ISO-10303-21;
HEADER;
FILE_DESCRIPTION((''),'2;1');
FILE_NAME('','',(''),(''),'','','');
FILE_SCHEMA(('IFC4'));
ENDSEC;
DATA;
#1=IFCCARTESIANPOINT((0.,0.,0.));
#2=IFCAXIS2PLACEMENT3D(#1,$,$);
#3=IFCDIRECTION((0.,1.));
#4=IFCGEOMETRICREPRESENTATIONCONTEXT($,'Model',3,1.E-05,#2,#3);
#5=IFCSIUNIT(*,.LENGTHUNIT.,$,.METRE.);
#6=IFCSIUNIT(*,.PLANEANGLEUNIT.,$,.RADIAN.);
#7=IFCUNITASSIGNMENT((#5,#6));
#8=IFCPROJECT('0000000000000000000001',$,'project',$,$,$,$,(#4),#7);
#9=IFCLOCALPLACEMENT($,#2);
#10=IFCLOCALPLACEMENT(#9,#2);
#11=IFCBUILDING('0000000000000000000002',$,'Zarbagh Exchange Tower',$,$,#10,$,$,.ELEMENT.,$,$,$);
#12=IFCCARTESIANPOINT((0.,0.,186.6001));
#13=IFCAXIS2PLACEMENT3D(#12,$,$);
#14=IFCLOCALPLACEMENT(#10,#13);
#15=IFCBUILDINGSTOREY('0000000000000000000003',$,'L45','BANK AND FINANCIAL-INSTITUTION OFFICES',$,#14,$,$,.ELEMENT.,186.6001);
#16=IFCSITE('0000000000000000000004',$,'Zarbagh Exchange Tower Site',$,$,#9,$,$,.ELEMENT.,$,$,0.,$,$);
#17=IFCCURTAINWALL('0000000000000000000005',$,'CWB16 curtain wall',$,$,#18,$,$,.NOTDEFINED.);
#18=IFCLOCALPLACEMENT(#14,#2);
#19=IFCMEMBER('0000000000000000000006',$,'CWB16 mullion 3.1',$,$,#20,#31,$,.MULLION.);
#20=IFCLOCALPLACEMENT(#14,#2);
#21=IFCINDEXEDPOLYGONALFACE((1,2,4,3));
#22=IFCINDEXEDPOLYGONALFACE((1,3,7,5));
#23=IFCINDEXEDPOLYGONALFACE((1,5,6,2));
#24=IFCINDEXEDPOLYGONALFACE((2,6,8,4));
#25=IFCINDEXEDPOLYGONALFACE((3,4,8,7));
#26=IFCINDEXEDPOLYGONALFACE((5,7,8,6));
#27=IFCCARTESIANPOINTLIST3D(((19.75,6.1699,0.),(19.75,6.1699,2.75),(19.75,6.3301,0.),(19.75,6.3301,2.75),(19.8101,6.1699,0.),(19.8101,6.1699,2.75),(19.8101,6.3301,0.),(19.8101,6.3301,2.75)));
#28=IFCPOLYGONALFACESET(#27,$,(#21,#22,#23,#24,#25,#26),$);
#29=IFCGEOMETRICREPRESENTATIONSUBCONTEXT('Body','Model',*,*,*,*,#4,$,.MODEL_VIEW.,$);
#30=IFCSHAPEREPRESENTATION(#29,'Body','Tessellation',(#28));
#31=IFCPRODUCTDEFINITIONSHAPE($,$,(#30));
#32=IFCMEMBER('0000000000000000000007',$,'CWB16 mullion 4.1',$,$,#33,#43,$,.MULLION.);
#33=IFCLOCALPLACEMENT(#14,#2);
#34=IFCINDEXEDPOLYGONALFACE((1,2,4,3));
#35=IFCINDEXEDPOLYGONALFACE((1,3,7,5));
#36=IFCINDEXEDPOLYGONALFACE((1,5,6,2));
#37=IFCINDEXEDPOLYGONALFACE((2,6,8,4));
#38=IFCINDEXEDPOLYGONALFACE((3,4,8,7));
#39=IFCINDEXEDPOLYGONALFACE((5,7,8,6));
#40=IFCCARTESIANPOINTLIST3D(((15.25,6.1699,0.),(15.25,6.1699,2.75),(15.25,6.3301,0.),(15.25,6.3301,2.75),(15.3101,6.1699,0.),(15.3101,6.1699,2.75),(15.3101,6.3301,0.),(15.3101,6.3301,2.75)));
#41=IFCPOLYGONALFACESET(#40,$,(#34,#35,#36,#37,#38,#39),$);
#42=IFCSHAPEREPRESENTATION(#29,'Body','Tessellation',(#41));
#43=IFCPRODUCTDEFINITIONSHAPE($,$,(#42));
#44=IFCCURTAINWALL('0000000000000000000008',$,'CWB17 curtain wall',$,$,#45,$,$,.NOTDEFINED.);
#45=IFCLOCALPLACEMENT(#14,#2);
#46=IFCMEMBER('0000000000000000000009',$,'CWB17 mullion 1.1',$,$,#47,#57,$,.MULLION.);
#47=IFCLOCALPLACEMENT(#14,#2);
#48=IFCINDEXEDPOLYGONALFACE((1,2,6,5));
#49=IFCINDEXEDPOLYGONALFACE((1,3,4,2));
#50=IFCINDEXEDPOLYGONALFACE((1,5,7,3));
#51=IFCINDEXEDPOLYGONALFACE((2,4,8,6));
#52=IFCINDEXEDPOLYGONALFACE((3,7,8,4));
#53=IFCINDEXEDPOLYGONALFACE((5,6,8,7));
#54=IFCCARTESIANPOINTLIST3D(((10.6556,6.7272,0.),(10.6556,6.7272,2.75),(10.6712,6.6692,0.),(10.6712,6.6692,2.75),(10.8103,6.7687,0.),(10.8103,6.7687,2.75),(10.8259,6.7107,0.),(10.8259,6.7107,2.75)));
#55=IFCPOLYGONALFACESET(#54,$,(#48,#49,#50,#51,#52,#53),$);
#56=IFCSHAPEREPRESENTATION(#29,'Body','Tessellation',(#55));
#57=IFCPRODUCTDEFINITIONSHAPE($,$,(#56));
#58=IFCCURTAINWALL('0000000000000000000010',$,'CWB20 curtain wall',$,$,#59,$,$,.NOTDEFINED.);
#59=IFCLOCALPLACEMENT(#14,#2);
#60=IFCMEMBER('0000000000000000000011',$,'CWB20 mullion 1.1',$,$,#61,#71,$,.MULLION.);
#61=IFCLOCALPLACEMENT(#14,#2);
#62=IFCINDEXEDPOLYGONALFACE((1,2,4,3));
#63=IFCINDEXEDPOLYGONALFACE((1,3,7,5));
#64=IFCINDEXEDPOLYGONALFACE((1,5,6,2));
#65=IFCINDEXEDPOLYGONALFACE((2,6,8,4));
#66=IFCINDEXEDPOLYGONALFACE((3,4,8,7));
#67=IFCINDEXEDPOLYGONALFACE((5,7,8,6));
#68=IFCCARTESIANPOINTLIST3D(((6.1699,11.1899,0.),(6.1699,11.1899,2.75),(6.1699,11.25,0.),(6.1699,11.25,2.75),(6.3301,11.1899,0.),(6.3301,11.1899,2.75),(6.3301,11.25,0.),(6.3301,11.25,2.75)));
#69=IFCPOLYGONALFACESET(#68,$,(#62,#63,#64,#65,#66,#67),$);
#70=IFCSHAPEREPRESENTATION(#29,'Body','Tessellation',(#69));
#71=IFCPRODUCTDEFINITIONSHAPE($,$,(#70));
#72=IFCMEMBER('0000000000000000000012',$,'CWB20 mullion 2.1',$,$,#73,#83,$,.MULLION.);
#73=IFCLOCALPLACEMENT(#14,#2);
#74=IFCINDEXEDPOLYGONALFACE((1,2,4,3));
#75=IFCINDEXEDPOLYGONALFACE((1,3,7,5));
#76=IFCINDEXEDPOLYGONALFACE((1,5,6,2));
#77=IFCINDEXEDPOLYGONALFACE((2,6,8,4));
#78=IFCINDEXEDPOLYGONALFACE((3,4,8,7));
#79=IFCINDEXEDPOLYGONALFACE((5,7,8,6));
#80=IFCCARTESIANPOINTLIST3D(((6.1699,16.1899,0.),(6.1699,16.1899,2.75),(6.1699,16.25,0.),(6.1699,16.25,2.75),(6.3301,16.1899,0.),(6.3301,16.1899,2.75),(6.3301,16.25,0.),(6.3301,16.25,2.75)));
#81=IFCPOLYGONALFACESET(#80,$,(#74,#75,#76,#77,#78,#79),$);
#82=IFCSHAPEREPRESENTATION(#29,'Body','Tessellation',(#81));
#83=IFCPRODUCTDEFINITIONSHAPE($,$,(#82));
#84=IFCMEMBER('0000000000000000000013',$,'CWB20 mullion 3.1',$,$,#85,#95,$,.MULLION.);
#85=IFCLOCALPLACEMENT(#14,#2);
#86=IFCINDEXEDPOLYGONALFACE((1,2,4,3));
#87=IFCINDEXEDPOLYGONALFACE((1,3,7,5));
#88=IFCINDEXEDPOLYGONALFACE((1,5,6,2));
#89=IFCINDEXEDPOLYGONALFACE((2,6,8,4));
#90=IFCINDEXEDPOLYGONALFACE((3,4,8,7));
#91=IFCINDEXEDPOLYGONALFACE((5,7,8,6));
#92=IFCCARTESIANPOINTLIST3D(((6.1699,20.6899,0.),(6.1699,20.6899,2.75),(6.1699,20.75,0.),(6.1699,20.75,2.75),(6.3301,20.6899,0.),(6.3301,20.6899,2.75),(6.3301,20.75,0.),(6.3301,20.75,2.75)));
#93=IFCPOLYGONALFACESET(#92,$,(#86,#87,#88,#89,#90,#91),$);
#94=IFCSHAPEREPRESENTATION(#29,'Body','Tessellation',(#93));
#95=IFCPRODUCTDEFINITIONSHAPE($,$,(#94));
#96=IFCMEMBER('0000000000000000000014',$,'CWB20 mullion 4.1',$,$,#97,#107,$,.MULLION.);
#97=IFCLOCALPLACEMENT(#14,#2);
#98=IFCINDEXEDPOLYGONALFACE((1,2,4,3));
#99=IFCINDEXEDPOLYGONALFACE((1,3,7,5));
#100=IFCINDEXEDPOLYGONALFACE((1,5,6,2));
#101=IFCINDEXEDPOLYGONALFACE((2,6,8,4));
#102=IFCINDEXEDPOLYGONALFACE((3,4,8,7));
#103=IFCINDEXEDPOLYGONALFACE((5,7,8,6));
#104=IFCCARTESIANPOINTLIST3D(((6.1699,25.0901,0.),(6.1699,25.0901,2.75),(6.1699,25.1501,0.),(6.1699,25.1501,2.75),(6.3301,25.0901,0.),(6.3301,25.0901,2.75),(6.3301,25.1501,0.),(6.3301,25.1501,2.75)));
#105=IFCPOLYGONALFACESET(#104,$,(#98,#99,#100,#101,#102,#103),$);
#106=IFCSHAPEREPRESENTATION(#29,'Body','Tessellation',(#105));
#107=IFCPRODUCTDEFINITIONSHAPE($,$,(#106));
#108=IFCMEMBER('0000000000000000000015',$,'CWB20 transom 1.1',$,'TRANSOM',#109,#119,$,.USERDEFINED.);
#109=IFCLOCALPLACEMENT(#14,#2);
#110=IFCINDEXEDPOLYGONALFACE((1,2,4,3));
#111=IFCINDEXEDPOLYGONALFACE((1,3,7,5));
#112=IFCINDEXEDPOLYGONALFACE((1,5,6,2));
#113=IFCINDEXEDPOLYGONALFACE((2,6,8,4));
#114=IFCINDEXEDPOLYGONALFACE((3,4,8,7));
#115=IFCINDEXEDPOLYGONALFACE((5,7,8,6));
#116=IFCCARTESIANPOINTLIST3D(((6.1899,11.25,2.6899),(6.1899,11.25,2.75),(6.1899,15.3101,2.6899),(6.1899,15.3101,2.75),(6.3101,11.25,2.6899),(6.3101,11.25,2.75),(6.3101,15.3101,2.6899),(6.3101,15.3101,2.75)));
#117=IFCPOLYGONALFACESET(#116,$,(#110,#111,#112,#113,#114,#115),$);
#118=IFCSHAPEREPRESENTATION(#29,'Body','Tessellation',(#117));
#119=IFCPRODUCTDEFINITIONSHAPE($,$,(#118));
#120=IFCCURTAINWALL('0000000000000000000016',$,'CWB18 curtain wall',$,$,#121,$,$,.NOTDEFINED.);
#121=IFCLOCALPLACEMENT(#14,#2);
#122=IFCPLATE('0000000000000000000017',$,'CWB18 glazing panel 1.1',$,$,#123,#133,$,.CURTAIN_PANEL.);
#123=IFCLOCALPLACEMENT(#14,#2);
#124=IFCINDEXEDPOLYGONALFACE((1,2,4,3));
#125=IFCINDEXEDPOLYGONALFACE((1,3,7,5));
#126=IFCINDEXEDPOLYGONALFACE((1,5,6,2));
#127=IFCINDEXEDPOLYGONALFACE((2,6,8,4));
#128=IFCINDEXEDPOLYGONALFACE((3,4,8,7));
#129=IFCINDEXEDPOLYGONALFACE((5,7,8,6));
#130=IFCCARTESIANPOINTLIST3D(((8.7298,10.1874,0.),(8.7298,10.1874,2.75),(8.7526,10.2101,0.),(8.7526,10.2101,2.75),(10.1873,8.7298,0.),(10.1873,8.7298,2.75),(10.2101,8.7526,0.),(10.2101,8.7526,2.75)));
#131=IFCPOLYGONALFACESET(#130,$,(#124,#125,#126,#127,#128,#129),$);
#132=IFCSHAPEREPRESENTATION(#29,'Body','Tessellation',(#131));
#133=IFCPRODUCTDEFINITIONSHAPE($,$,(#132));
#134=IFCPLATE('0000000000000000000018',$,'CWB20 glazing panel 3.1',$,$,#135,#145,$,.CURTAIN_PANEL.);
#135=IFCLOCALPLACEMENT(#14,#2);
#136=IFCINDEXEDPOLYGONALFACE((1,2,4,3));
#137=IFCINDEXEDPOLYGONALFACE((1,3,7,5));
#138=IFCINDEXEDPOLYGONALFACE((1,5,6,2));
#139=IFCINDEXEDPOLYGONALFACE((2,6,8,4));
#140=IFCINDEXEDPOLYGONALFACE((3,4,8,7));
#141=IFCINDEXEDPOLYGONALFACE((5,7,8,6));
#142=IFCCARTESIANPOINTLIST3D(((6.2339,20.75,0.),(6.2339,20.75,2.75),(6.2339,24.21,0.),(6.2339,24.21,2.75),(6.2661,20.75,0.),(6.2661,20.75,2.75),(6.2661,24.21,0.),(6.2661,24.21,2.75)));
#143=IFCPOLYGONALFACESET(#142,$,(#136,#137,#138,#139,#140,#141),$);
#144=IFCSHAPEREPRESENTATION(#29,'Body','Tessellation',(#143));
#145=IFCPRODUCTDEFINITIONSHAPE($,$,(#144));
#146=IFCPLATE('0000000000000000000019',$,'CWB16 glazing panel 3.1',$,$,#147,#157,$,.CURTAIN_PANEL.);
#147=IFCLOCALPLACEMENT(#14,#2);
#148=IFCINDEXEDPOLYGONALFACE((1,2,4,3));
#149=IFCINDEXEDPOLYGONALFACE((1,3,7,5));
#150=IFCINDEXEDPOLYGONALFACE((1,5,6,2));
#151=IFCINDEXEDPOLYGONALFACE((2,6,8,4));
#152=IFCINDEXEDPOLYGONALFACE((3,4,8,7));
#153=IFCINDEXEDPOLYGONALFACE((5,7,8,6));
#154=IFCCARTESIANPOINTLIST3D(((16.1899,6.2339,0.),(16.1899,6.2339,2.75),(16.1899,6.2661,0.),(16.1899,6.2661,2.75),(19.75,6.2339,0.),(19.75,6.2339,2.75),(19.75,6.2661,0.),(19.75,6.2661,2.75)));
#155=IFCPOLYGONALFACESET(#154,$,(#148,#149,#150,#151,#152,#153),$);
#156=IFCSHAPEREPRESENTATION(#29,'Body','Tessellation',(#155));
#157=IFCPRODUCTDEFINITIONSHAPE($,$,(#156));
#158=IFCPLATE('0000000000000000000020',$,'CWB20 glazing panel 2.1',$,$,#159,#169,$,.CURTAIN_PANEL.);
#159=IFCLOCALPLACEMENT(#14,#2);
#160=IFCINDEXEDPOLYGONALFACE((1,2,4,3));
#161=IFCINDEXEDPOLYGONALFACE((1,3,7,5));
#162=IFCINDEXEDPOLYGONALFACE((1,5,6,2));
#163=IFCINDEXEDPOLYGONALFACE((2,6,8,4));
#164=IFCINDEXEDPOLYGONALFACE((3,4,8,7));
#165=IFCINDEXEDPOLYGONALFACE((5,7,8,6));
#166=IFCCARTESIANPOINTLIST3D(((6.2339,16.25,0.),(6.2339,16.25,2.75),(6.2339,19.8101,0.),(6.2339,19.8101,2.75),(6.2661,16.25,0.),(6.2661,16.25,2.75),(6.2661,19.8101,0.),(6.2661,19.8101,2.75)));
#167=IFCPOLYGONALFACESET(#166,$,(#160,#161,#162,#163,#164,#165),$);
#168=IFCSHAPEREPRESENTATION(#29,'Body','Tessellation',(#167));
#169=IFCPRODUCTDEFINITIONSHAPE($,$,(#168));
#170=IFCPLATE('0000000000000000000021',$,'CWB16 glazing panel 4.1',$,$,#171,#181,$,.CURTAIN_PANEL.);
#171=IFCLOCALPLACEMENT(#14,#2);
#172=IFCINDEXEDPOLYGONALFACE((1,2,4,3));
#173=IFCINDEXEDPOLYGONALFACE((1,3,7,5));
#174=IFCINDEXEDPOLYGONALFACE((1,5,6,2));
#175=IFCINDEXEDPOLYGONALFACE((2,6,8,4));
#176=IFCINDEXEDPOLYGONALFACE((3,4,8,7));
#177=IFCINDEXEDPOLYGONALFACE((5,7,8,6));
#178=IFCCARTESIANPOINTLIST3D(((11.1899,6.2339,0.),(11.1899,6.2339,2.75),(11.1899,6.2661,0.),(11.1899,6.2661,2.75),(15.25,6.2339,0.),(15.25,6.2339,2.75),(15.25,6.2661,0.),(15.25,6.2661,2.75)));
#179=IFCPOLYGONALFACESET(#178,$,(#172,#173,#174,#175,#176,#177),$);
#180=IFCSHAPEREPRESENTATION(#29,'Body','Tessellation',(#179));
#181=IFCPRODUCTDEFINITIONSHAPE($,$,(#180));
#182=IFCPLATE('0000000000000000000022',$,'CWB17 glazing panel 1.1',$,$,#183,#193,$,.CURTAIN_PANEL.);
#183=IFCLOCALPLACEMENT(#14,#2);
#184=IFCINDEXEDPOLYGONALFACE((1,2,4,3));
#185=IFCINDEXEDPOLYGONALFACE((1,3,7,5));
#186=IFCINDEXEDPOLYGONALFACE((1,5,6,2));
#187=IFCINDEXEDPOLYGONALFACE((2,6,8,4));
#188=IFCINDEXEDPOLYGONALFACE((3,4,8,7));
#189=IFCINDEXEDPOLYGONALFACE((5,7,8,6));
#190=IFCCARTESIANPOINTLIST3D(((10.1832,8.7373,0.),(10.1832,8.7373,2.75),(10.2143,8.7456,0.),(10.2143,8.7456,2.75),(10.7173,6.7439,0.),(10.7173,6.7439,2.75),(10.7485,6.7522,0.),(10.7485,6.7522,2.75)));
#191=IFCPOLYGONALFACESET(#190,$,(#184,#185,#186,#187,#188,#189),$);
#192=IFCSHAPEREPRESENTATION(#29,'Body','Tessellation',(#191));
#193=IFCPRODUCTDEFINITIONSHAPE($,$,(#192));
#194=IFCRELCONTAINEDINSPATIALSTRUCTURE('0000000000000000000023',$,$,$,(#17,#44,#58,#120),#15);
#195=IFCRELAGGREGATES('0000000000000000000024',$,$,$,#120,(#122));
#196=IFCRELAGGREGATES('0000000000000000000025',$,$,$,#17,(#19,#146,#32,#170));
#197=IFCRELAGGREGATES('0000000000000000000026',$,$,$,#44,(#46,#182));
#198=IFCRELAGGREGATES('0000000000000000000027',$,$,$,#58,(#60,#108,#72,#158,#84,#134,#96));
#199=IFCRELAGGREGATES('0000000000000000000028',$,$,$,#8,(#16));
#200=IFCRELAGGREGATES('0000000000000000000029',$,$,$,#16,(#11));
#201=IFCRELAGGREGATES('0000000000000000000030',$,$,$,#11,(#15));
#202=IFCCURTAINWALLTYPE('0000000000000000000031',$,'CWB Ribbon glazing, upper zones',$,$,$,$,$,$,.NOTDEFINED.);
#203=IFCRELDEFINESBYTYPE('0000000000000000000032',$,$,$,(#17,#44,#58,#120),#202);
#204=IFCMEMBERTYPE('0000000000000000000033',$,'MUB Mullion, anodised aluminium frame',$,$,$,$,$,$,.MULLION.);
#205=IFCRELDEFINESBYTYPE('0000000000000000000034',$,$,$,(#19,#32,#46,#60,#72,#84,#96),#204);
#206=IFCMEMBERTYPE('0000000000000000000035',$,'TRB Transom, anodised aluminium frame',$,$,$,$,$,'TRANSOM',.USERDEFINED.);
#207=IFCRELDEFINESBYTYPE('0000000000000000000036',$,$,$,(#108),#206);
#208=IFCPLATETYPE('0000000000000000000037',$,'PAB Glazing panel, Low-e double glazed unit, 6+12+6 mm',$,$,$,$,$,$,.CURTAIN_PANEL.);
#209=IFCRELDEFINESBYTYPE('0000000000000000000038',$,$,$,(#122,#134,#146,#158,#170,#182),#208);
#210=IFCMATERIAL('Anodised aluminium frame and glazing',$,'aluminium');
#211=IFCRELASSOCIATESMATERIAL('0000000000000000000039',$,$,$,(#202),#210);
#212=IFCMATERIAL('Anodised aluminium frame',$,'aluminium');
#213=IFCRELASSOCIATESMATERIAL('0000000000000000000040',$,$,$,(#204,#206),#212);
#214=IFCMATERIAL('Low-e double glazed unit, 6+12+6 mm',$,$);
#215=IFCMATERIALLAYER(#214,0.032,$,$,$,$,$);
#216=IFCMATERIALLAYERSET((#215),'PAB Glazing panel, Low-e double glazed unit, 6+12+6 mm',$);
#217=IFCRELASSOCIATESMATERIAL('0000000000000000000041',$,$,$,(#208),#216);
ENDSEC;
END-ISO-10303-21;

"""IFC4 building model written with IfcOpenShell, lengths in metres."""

from ifc_helpers import new_model, si_unit, direction, frame, origin, place, context, subcontext, project, spatial, polyline, outline, extrude, source, transform, mapped, material, layer, layer_set, type_object, element, aggregate, save


model = new_model("IFC4")

# Units and contexts
model_context = context("Model", 3, precision=1e-05, world=origin(), true_north=direction((0.0, 1.0)))
body_context = subcontext(model_context, "Body", "Model", "MODEL_VIEW")
ifc_project = project(units=[si_unit("LENGTHUNIT", "METRE"), si_unit("PLANEANGLEUNIT", "RADIAN")], contexts=[model_context])

# Site, building, storey
site_placement = place(None, origin())
site = spatial("IfcSite", under=ifc_project, at=site_placement, Name="Zarbagh Exchange Tower Site", CompositionType="ELEMENT", RefElevation=0.0)
building_placement = place(site_placement, origin())
building = spatial("IfcBuilding", under=site, at=building_placement, Name="Zarbagh Exchange Tower", CompositionType="ELEMENT")
storey_placement = place(building_placement, frame((0.0, 0.0, 186.6001)))
storey = spatial("IfcBuildingStorey", under=building, at=storey_placement, Name="L45", Description="BANK AND FINANCIAL-INSTITUTION OFFICES", CompositionType="ELEMENT", Elevation=186.6001)

# Curtain wall, members
ifc_material_1 = material(Name="Anodised aluminium frame and glazing", Category="aluminium")
curtain_wall_type = type_object("IfcCurtainWallType", Name="CWB Ribbon glazing, upper zones", PredefinedType="NOTDEFINED", material=ifc_material_1)
curtain_wall_1_placement = place(storey_placement, origin())
curtain_wall_1 = element("IfcCurtainWall", 1, at=curtain_wall_1_placement, inside=storey, type_object=curtain_wall_type, Name="CWB16 curtain wall", PredefinedType="NOTDEFINED")
ifc_material_2 = material(Name="Anodised aluminium frame", Category="aluminium")
member_type_1 = type_object("IfcMemberType", Name="MUB Mullion, anodised aluminium frame", PredefinedType="MULLION", material=ifc_material_2)
shared_shape_1 = source(origin(), body_context, "Body", "SweptSolid", [
    extrude(outline(polyline([(0.0, -0.0801), (0.0601, -0.0801), (0.0601, 0.0801), (0.0, 0.0801), (0.0, -0.0801)])), origin(), (0.0, 0.0, 1.0), 2.75),
])
placement = place(storey_placement, origin())
member_1 = element("IfcMember", 2, at=placement, type_object=member_type_1, Name="CWB16 mullion 3.1", PredefinedType="MULLION", context=body_context, shape_type="MappedRepresentation", body=[
    mapped(shared_shape_1, transform((19.8101, 6.25, 0.0), x_axis=(-1.0, 0.0, 0.0), y_axis=(0.0, -1.0, 0.0), z_axis=(0.0, 0.0, 1.0))),
])
member_2 = element("IfcMember", 3, at=placement, type_object=member_type_1, Name="CWB16 mullion 4.1", PredefinedType="MULLION", context=body_context, shape_type="MappedRepresentation", body=[
    mapped(shared_shape_1, transform((15.3101, 6.25, 0.0), x_axis=(-1.0, 0.0, 0.0), y_axis=(0.0, -1.0, 0.0), z_axis=(0.0, 0.0, 1.0))),
])

# Curtain wall, member
curtain_wall_2_placement = place(storey_placement, origin())
curtain_wall_2 = element("IfcCurtainWall", 4, at=curtain_wall_2_placement, inside=storey, type_object=curtain_wall_type, Name="CWB17 curtain wall", PredefinedType="NOTDEFINED")
member_3 = element("IfcMember", 5, at=placement, type_object=member_type_1, Name="CWB17 mullion 1.1", PredefinedType="MULLION", context=body_context, shape_type="MappedRepresentation", body=[
    mapped(shared_shape_1, transform((10.7485, 6.6899, 0.0), x_axis=(-0.258825, 0.965924, 0.0), y_axis=(-0.965924, -0.258825, 0.0), z_axis=(0.0, 0.0, 1.0))),
])

# Curtain wall, members
curtain_wall_3_placement = place(storey_placement, origin())
curtain_wall_3 = element("IfcCurtainWall", 6, at=curtain_wall_3_placement, inside=storey, type_object=curtain_wall_type, Name="CWB20 curtain wall", PredefinedType="NOTDEFINED")
member_4 = element("IfcMember", 7, at=placement, type_object=member_type_1, Name="CWB20 mullion 1.1", PredefinedType="MULLION", context=body_context, shape_type="MappedRepresentation", body=[
    mapped(shared_shape_1, transform((6.25, 11.1899, 0.0), x_axis=(0.0, 1.0, 0.0), y_axis=(-1.0, 0.0, 0.0), z_axis=(0.0, 0.0, 1.0))),
])
member_5 = element("IfcMember", 8, at=placement, type_object=member_type_1, Name="CWB20 mullion 2.1", PredefinedType="MULLION", context=body_context, shape_type="MappedRepresentation", body=[
    mapped(shared_shape_1, transform((6.25, 16.1899, 0.0), x_axis=(0.0, 1.0, 0.0), y_axis=(-1.0, 0.0, 0.0), z_axis=(0.0, 0.0, 1.0))),
])
member_6 = element("IfcMember", 9, at=placement, type_object=member_type_1, Name="CWB20 mullion 3.1", PredefinedType="MULLION", context=body_context, shape_type="MappedRepresentation", body=[
    mapped(shared_shape_1, transform((6.25, 20.6899, 0.0), x_axis=(0.0, 1.0, 0.0), y_axis=(-1.0, 0.0, 0.0), z_axis=(0.0, 0.0, 1.0))),
])
member_7 = element("IfcMember", 10, at=placement, type_object=member_type_1, Name="CWB20 mullion 4.1", PredefinedType="MULLION", context=body_context, shape_type="MappedRepresentation", body=[
    mapped(shared_shape_1, transform((6.25, 25.0901, 0.0), x_axis=(0.0, 1.0, 0.0), y_axis=(-1.0, 0.0, 0.0), z_axis=(0.0, 0.0, 1.0))),
])
member_type_2 = type_object("IfcMemberType", Name="TRB Transom, anodised aluminium frame", ElementType="TRANSOM", PredefinedType="USERDEFINED", material=ifc_material_2)
shared_shape_2 = source(origin(), body_context, "Body", "SweptSolid", [
    extrude(outline(polyline([(-0.0601, -0.0601), (0.0, -0.0601), (0.0, 0.0601), (-0.0601, 0.0601), (-0.0601, -0.0601)])), origin(), (0.0, 0.0, 1.0), 4.0601),
])
member_8 = element("IfcMember", 11, at=placement, type_object=member_type_2, Name="CWB20 transom 1.1", ObjectType="TRANSOM", PredefinedType="USERDEFINED", context=body_context, shape_type="MappedRepresentation", body=[
    mapped(shared_shape_2, transform((6.25, 11.25, 2.75), x_axis=(0.0, 0.0, 1.0), y_axis=(1.0, 0.0, 0.0), z_axis=(0.0, 1.0, 0.0))),
])

# Curtain wall, plate
curtain_wall_4_placement = place(storey_placement, origin())
curtain_wall_4 = element("IfcCurtainWall", 12, at=curtain_wall_4_placement, inside=storey, type_object=curtain_wall_type, Name="CWB18 curtain wall", PredefinedType="NOTDEFINED")
ifc_material_3 = material(Name="Low-e double glazed unit, 6+12+6 mm")
ifc_layer_1 = layer(ifc_material_3, 0.032)
ifc_layer_set_1 = layer_set([ifc_layer_1], Name="PAB Glazing panel, Low-e double glazed unit, 6+12+6 mm")
plate_type = type_object("IfcPlateType", Name="PAB Glazing panel, Low-e double glazed unit, 6+12+6 mm", PredefinedType="CURTAIN_PANEL", material=ifc_layer_set_1)
shared_shape_3 = source(origin(), body_context, "Body", "SweptSolid", [
    extrude(outline(polyline([(0.0, -0.0161), (2.0613, -0.0161), (2.0613, 0.0161), (0.0, 0.0161), (0.0, -0.0161)])), origin(), (0.0, 0.0, 1.0), 2.75),
])
plate_1 = element("IfcPlate", 13, at=placement, type_object=plate_type, Name="CWB18 glazing panel 1.1", PredefinedType="CURTAIN_PANEL", context=body_context, shape_type="MappedRepresentation", body=[
    mapped(shared_shape_3, transform((10.1987, 8.7412, 0.0), x_axis=(-0.707107, 0.707107, 0.0), y_axis=(-0.707107, -0.707107, 0.0), z_axis=(0.0, 0.0, 1.0))),
])
aggregate(curtain_wall_4, [plate_1])

# Plates
shared_shape_4 = source(origin(), body_context, "Body", "SweptSolid", [
    extrude(outline(polyline([(0.0, -0.0161), (3.46, -0.0161), (3.46, 0.0161), (0.0, 0.0161), (0.0, -0.0161)])), origin(), (0.0, 0.0, 1.0), 2.75),
])
plate_2 = element("IfcPlate", 14, at=placement, type_object=plate_type, Name="CWB20 glazing panel 3.1", PredefinedType="CURTAIN_PANEL", context=body_context, shape_type="MappedRepresentation", body=[
    mapped(shared_shape_4, transform((6.25, 20.75, 0.0), x_axis=(0.0, 1.0, 0.0), y_axis=(-1.0, 0.0, 0.0), z_axis=(0.0, 0.0, 1.0))),
])
shared_shape_5 = source(origin(), body_context, "Body", "SweptSolid", [
    extrude(outline(polyline([(0.0, -0.0161), (3.5601, -0.0161), (3.5601, 0.0161), (0.0, 0.0161), (0.0, -0.0161)])), origin(), (0.0, 0.0, 1.0), 2.75),
])
plate_3 = element("IfcPlate", 15, at=placement, type_object=plate_type, Name="CWB16 glazing panel 3.1", PredefinedType="CURTAIN_PANEL", context=body_context, shape_type="MappedRepresentation", body=[
    mapped(shared_shape_5, transform((19.75, 6.25, 0.0), x_axis=(-1.0, 0.0, 0.0), y_axis=(0.0, -1.0, 0.0), z_axis=(0.0, 0.0, 1.0))),
])
plate_4 = element("IfcPlate", 16, at=placement, type_object=plate_type, Name="CWB20 glazing panel 2.1", PredefinedType="CURTAIN_PANEL", context=body_context, shape_type="MappedRepresentation", body=[
    mapped(shared_shape_5, transform((6.25, 16.25, 0.0), x_axis=(0.0, 1.0, 0.0), y_axis=(-1.0, 0.0, 0.0), z_axis=(0.0, 0.0, 1.0))),
])
shared_shape_6 = source(origin(), body_context, "Body", "SweptSolid", [
    extrude(outline(polyline([(0.0, -0.0161), (4.0601, -0.0161), (4.0601, 0.0161), (0.0, 0.0161), (0.0, -0.0161)])), origin(), (0.0, 0.0, 1.0), 2.75),
])
plate_5 = element("IfcPlate", 17, at=placement, type_object=plate_type, Name="CWB16 glazing panel 4.1", PredefinedType="CURTAIN_PANEL", context=body_context, shape_type="MappedRepresentation", body=[
    mapped(shared_shape_6, transform((15.25, 6.25, 0.0), x_axis=(-1.0, 0.0, 0.0), y_axis=(0.0, -1.0, 0.0), z_axis=(0.0, 0.0, 1.0))),
])
aggregate(curtain_wall_1, [member_1, plate_3, member_2, plate_5])
shared_shape_7 = source(origin(), body_context, "Body", "SweptSolid", [
    extrude(outline(polyline([(0.0, -0.0161), (2.0637, -0.0161), (2.0637, 0.0161), (0.0, 0.0161), (0.0, -0.0161)])), origin(), (0.0, 0.0, 1.0), 2.75),
])
plate_6 = element("IfcPlate", 18, at=placement, type_object=plate_type, Name="CWB17 glazing panel 1.1", PredefinedType="CURTAIN_PANEL", context=body_context, shape_type="MappedRepresentation", body=[
    mapped(shared_shape_7, transform((10.7329, 6.748, 0.0), x_axis=(-0.258825, 0.965924, 0.0), y_axis=(-0.965924, -0.258825, 0.0), z_axis=(0.0, 0.0, 1.0))),
])
aggregate(curtain_wall_2, [member_3, plate_6])

aggregate(curtain_wall_3, [member_4, member_8, member_5, plate_4, member_6, plate_2, member_7])

save(model, "model.ifc")
